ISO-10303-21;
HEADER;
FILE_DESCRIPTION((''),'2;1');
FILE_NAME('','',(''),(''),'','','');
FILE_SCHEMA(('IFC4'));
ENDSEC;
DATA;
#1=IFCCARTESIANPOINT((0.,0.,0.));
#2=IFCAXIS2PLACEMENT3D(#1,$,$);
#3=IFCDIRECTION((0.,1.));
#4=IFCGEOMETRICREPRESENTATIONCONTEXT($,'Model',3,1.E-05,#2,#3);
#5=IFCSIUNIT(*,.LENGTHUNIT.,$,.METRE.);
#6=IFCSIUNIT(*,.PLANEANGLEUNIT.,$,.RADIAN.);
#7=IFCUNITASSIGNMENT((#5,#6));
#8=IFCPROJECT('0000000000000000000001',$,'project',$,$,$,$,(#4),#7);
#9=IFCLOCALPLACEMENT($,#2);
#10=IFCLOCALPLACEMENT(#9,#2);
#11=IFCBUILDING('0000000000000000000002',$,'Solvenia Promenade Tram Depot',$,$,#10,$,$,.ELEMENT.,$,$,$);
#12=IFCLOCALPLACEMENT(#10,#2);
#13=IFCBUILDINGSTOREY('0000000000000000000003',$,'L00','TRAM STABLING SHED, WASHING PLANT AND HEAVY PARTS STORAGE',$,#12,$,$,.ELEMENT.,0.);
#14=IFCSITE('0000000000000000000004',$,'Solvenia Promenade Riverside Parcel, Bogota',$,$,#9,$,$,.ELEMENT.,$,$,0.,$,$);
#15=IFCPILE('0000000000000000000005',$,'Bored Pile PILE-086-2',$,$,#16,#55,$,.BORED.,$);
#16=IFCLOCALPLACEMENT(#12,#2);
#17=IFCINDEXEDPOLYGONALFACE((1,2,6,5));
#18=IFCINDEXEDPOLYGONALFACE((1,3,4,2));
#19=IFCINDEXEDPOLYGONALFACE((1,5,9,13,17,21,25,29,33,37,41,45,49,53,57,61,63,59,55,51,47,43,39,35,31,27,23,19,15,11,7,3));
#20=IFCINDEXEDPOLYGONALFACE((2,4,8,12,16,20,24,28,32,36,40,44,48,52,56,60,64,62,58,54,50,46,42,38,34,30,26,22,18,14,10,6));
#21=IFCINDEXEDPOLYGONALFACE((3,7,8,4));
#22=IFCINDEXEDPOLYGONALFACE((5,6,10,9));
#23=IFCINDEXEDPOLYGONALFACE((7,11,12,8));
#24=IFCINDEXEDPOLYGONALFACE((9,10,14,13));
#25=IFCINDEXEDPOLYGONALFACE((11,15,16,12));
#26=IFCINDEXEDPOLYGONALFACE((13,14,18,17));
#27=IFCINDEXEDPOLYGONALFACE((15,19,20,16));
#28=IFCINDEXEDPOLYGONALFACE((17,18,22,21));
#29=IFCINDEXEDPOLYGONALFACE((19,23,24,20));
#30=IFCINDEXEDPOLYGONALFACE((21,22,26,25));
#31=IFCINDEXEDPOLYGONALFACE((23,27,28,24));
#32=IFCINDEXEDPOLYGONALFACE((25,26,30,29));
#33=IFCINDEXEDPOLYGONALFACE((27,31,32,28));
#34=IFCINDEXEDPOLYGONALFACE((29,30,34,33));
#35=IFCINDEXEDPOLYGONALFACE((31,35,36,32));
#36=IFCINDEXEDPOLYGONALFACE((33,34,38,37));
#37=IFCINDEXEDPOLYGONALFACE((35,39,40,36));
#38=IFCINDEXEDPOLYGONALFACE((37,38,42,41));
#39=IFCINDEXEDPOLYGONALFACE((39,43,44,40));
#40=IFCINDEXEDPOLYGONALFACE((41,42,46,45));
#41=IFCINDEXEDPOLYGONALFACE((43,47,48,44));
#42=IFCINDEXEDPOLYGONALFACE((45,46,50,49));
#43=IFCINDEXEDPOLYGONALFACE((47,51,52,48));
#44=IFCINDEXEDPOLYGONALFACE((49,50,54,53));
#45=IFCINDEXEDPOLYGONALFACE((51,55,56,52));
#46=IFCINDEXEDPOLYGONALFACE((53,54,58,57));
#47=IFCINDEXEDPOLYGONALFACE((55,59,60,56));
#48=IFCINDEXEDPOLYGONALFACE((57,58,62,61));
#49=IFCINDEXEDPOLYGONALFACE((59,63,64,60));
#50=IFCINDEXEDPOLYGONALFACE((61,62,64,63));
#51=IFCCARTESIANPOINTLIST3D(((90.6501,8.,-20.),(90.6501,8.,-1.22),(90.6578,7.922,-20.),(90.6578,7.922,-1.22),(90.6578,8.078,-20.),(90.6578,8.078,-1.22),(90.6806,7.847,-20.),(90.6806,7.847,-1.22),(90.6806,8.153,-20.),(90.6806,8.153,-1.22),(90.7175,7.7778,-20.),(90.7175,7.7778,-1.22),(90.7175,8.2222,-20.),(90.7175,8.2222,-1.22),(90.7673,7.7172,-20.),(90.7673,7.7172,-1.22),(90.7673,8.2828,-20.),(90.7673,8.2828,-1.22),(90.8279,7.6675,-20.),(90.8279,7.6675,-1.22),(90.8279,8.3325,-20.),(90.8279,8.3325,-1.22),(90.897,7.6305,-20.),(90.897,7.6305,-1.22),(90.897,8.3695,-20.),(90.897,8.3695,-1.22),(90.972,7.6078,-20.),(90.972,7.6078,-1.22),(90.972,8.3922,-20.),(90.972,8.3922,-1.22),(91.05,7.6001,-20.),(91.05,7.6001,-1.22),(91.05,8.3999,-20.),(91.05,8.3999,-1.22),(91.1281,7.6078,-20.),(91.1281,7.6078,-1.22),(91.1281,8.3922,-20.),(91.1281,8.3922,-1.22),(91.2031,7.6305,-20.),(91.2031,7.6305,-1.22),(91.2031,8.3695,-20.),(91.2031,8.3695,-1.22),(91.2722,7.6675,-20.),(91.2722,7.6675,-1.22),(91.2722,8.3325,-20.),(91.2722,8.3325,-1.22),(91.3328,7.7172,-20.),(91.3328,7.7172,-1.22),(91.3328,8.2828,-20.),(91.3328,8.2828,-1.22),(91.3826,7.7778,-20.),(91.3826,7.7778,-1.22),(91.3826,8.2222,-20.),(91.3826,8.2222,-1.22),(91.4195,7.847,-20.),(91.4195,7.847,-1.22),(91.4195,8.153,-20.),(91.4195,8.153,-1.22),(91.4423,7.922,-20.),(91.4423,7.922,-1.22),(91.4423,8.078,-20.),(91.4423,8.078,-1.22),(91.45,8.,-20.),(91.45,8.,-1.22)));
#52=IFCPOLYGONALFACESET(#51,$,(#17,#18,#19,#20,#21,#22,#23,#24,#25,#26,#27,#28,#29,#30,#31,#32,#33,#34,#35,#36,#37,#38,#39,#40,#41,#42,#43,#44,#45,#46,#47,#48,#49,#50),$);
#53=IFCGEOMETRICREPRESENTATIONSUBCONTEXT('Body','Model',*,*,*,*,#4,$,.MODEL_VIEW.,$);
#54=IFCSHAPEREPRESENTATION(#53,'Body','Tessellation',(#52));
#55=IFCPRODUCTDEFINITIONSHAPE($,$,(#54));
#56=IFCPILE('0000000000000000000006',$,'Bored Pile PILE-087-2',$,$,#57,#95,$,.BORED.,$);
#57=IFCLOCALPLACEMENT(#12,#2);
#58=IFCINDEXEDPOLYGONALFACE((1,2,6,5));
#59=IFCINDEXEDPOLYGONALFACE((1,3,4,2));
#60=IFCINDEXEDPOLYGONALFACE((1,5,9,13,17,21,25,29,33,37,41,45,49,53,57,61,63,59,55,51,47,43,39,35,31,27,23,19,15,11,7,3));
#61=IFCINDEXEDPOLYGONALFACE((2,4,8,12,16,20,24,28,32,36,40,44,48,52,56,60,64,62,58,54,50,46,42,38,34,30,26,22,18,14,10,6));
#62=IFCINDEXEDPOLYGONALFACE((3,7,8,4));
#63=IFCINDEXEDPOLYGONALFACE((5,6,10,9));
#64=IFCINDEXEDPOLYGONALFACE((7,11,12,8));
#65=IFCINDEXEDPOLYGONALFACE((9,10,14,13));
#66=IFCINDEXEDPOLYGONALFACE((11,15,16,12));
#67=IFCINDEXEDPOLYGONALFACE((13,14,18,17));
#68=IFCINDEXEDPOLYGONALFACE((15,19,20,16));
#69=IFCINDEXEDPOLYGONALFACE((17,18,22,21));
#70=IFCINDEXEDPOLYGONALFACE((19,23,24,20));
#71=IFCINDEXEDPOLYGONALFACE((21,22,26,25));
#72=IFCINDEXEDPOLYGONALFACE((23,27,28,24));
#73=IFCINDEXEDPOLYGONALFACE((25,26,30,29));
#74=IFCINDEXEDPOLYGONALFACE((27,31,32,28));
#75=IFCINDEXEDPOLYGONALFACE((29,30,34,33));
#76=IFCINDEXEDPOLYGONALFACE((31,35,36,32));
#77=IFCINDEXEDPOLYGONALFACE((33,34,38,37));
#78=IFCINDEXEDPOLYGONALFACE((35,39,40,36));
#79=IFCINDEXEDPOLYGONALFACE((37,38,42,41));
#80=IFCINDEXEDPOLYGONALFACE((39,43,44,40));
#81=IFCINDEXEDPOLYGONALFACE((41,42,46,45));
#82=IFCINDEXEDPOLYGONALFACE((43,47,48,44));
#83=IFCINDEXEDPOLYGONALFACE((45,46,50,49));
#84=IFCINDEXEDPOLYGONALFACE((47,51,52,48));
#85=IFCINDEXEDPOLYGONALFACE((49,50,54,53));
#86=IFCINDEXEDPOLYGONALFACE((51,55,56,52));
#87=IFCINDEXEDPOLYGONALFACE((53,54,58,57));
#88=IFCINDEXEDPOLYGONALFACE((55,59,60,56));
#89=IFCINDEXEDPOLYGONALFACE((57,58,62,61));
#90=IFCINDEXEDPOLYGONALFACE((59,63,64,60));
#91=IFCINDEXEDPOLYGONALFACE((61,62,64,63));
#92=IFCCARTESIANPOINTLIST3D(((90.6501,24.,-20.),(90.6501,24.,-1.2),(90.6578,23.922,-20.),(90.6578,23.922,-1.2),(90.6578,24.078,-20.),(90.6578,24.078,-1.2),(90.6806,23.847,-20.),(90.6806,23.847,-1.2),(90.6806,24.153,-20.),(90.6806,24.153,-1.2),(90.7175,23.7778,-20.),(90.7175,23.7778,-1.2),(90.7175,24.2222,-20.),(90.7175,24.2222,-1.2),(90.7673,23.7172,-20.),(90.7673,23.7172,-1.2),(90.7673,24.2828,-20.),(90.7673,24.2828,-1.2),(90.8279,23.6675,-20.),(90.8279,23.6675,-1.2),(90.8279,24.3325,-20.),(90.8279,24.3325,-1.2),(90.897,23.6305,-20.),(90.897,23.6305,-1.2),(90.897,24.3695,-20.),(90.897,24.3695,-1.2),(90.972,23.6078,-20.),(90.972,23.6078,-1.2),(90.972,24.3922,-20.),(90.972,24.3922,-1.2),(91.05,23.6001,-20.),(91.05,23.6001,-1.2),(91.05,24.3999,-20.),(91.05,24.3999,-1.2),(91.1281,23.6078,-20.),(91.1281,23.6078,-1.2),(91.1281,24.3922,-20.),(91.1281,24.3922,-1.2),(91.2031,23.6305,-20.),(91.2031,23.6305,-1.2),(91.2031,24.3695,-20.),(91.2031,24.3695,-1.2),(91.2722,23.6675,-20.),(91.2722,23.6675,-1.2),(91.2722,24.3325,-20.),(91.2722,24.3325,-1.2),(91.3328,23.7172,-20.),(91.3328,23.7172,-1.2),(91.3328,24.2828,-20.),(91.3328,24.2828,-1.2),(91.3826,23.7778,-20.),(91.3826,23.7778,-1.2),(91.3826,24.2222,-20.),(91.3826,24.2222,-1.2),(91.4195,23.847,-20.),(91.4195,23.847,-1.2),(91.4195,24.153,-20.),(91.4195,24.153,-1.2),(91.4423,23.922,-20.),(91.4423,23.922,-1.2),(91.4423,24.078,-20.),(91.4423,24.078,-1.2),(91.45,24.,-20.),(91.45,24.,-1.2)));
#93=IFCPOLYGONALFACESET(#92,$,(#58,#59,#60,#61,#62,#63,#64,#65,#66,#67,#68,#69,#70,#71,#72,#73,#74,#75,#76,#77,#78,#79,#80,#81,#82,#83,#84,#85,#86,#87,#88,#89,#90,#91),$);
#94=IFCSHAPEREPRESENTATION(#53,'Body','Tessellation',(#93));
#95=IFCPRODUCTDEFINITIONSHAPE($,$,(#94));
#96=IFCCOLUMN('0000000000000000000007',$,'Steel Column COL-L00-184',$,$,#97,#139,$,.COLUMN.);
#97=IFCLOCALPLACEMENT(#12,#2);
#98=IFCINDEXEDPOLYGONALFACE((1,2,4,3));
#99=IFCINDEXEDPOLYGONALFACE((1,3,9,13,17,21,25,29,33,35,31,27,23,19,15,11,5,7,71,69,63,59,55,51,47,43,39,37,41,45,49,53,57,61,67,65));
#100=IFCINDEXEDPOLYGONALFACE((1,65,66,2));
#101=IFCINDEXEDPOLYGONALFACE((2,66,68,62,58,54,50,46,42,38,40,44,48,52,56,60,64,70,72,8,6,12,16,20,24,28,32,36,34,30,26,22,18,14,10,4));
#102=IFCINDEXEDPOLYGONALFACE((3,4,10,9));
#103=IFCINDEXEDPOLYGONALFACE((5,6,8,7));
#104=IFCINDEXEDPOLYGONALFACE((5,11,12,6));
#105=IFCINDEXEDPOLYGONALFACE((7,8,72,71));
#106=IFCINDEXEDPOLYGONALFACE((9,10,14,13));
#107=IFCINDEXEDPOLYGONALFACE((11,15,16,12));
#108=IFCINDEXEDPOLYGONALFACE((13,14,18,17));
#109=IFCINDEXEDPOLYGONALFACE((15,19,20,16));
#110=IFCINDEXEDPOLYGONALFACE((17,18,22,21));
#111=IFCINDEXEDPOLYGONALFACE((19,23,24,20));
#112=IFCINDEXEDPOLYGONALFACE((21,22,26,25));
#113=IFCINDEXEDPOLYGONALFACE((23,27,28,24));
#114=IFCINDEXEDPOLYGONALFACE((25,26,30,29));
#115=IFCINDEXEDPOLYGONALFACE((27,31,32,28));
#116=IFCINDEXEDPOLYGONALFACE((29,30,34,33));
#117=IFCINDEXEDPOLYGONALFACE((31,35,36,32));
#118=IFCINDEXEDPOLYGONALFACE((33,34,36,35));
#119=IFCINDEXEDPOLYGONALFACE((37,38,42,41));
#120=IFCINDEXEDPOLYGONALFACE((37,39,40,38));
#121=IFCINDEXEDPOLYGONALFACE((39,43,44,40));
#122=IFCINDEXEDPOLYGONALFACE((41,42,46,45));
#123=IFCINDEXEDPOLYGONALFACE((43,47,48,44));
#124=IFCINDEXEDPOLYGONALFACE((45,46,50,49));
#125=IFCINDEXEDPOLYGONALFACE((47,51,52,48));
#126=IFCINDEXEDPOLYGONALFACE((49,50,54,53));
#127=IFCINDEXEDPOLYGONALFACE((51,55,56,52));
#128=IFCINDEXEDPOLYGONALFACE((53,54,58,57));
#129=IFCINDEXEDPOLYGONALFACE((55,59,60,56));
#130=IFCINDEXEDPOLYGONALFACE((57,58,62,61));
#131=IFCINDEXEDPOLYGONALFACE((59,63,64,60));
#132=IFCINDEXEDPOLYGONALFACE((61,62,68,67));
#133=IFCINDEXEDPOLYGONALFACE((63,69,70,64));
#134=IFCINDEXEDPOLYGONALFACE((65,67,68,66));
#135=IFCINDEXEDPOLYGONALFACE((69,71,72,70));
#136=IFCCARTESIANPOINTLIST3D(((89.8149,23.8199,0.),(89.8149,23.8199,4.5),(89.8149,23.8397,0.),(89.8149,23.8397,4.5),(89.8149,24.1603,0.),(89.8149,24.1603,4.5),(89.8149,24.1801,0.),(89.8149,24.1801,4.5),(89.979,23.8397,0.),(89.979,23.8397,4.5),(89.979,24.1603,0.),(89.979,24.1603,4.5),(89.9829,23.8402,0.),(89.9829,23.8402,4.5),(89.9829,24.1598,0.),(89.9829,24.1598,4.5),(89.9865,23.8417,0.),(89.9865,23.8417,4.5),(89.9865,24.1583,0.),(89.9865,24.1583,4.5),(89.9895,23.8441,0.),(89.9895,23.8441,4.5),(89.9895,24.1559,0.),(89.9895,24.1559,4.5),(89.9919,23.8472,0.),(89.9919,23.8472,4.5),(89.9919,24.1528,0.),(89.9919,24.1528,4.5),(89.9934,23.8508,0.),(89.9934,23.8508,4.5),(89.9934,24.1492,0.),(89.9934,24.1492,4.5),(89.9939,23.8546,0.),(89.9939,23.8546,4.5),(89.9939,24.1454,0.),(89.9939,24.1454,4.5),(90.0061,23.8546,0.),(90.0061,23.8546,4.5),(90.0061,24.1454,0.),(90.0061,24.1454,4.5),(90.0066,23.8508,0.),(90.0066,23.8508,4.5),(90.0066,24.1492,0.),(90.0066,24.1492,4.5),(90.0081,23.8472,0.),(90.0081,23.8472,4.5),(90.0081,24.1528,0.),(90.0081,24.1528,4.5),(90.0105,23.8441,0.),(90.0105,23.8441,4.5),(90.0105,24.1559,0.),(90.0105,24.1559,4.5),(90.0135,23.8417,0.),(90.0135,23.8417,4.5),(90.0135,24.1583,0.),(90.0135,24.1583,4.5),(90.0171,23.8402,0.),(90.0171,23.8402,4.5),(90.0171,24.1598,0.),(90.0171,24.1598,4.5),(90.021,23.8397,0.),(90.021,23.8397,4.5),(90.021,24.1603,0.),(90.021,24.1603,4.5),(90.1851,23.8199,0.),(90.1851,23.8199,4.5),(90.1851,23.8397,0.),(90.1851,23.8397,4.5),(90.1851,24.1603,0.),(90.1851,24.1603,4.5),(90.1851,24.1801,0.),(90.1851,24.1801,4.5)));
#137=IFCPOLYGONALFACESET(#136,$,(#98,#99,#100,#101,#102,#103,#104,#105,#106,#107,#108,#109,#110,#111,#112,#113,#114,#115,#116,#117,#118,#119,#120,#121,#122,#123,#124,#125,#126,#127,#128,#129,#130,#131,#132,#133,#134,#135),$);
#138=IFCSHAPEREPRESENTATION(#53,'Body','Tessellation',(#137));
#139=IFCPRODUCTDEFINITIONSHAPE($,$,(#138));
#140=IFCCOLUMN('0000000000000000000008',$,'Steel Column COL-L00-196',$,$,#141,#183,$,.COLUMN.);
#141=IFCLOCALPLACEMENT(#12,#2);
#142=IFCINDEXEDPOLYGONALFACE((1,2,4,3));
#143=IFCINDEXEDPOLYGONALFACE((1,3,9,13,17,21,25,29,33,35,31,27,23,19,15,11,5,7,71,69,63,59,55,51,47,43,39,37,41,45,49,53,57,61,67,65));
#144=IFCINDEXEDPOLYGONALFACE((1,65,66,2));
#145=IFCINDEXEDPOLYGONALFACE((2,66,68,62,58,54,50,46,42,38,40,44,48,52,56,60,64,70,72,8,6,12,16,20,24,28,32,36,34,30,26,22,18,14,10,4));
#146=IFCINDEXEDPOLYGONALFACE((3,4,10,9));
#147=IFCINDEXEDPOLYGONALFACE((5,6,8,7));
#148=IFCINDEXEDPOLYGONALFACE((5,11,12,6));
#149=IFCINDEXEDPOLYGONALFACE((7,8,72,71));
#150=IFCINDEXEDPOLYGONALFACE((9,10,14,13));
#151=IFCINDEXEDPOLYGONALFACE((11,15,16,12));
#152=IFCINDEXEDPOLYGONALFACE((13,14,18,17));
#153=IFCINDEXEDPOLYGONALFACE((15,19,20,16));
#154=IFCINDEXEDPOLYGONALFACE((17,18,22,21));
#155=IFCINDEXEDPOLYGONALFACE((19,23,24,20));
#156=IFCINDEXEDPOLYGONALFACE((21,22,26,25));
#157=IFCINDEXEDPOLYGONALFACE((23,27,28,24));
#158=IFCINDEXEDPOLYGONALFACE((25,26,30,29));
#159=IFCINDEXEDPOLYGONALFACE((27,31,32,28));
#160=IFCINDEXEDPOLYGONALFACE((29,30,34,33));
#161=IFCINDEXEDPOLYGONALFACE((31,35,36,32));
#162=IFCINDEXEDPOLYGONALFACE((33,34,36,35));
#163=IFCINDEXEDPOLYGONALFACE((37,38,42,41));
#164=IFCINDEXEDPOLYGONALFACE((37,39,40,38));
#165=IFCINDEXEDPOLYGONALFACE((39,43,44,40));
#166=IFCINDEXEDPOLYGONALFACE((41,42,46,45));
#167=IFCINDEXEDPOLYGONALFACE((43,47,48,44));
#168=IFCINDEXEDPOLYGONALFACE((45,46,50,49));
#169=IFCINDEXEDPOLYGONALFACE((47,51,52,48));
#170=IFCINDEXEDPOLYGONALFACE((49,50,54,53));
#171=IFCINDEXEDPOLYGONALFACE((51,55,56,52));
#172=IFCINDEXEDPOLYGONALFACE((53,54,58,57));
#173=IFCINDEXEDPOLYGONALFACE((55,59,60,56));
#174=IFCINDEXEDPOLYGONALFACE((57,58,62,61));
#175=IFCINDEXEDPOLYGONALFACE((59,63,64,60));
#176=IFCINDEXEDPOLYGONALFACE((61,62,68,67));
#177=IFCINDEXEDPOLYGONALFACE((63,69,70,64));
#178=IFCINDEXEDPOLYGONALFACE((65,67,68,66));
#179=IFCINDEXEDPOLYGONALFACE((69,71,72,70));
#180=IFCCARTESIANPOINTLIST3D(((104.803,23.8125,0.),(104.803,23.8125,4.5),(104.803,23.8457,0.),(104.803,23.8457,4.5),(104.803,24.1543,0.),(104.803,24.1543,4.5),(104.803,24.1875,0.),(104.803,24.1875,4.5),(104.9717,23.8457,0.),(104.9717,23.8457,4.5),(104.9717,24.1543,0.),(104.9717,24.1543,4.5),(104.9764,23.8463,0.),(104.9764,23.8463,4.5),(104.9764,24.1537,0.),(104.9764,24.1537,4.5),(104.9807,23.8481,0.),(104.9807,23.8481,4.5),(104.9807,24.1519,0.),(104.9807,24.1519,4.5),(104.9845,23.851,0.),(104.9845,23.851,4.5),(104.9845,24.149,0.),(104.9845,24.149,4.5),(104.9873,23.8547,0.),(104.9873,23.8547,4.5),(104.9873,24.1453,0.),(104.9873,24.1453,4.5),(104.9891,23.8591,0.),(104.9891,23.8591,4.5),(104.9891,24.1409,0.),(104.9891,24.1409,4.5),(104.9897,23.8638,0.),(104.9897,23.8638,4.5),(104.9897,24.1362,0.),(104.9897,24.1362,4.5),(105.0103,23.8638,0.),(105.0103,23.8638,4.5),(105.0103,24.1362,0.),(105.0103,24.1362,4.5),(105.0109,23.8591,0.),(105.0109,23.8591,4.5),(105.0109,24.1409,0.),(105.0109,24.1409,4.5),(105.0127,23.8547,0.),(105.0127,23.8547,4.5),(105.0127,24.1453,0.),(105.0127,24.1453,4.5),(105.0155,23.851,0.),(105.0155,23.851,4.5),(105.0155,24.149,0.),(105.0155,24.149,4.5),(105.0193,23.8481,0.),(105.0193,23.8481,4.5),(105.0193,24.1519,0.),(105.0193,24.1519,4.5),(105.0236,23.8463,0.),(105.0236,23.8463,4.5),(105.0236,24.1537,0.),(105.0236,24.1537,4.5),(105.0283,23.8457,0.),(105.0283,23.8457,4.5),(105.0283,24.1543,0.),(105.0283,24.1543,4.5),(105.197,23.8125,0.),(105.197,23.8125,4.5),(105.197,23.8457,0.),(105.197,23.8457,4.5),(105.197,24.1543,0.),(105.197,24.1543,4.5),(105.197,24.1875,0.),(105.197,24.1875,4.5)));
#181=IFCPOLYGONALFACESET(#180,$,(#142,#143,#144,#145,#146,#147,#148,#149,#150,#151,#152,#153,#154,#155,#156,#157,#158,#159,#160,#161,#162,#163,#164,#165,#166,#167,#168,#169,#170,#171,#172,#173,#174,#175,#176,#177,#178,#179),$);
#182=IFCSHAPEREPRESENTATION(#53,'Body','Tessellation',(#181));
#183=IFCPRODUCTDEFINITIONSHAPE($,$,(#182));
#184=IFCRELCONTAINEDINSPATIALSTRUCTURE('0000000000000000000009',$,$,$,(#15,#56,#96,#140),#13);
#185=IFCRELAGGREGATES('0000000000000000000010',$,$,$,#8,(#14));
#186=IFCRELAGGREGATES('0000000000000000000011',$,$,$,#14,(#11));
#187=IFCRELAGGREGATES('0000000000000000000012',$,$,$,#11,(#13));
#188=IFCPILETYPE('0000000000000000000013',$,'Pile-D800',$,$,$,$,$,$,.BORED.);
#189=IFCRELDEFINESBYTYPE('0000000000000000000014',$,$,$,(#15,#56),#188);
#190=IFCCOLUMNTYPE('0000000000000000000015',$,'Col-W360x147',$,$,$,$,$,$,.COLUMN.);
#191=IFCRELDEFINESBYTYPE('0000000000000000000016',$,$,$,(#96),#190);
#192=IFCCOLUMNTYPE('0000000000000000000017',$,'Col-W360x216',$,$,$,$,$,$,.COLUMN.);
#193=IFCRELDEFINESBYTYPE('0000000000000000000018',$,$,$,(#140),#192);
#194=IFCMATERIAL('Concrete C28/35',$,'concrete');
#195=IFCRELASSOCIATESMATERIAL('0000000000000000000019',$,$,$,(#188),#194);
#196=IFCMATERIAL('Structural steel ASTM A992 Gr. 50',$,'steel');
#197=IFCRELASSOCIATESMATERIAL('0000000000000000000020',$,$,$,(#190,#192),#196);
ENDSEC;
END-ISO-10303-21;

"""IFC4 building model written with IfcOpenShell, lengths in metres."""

from ifc_helpers import new_model, si_unit, direction, frame, origin, origin_2d, place, context, subcontext, project, spatial, circle, i_section, extrude, material, material_profile, profile_set, type_object, element, save


model = new_model("IFC4")

# Units and contexts
model_context = context("Model", 3, precision=1e-05, world=origin(), true_north=direction((0.0, 1.0)))
body_context = subcontext(model_context, "Body", "Model", "MODEL_VIEW")
ifc_project = project(units=[si_unit("LENGTHUNIT", "METRE"), si_unit("PLANEANGLEUNIT", "RADIAN")], contexts=[model_context])

# Site, building, storey
site_placement = place(None, origin())
site = spatial("IfcSite", under=ifc_project, at=site_placement, Name="Solvenia Promenade Riverside Parcel, Bogota", CompositionType="ELEMENT", RefElevation=0.0)
building_placement = place(site_placement, origin())
building = spatial("IfcBuilding", under=site, at=building_placement, Name="Solvenia Promenade Tram Depot", CompositionType="ELEMENT")
storey_placement = place(building_placement, origin())
storey = spatial("IfcBuildingStorey", under=building, at=storey_placement, Name="L00", Description="TRAM STABLING SHED, WASHING PLANT AND HEAVY PARTS STORAGE", CompositionType="ELEMENT", Elevation=0.0)

# Shared definitions
ifc_material_1 = material(Name="Concrete C28/35", Category="concrete")

# Piles
ifc_material_profile_1 = material_profile(ifc_material_1, circle(Radius=0.3999, at=origin_2d()), Name="D800", Category="concrete")
ifc_profile_set_1 = profile_set([ifc_material_profile_1], Name="Concrete C28/35")
pile_type_1 = type_object("IfcPileType", Name="Pile-D800", PredefinedType="BORED", material=ifc_profile_set_1)
pile_1_placement = place(storey_placement, frame((91.05, 8.0, -1.22), z_axis=(0.0, 0.0, -1.0), x_axis=(1.0, 0.0, 0.0)))
element("IfcPile", 1, at=pile_1_placement, inside=storey, type_object=pile_type_1, Name="Bored Pile PILE-086-2", PredefinedType="BORED", context=body_context, shape_type="SweptSolid", body=[
    extrude(circle(Radius=0.3999, at=origin_2d()), origin(), (0.0, 0.0, 1.0), 18.78),
])
pile_2_placement = place(storey_placement, frame((91.05, 24.0, -1.2), z_axis=(0.0, 0.0, -1.0), x_axis=(1.0, 0.0, 0.0)))
element("IfcPile", 2, at=pile_2_placement, inside=storey, type_object=pile_type_1, Name="Bored Pile PILE-087-2", PredefinedType="BORED", context=body_context, shape_type="SweptSolid", body=[
    extrude(circle(Radius=0.3999, at=origin_2d()), origin(), (0.0, 0.0, 1.0), 18.8),
])

# Columns
ifc_material_2 = material(Name="Structural steel ASTM A992 Gr. 50", Category="steel")
ifc_material_profile_2 = material_profile(ifc_material_2, i_section(OverallWidth=0.3701, OverallDepth=0.3601, WebThickness=0.0122, FlangeThickness=0.0198, FilletRadius=0.0149, at=origin_2d()), Name="W360x147", Category="steel")
ifc_profile_set_2 = profile_set([ifc_material_profile_2], Name="Structural steel ASTM A992 Gr. 50")
column_type_1 = type_object("IfcColumnType", Name="Col-W360x147", PredefinedType="COLUMN", material=ifc_profile_set_2)
column_1_placement = place(storey_placement, frame((90.0, 24.0, 0.0), z_axis=(0.0, 0.0, 1.0), x_axis=(1.0, 0.0, 0.0)))
element("IfcColumn", 3, at=column_1_placement, inside=storey, type_object=column_type_1, Name="Steel Column COL-L00-184", PredefinedType="COLUMN", context=body_context, shape_type="SweptSolid", body=[
    extrude(i_section(OverallWidth=0.3701, OverallDepth=0.3601, WebThickness=0.0122, FlangeThickness=0.0198, FilletRadius=0.0149, at=origin_2d()), origin(), (0.0, 0.0, 1.0), 4.5),
])
ifc_material_profile_3 = material_profile(ifc_material_2, i_section(OverallWidth=0.394, OverallDepth=0.375, WebThickness=0.0205, FlangeThickness=0.0332, FilletRadius=0.0181, at=origin_2d()), Name="W360x216", Category="steel")
ifc_profile_set_3 = profile_set([ifc_material_profile_3], Name="Structural steel ASTM A992 Gr. 50")
column_type_2 = type_object("IfcColumnType", Name="Col-W360x216", PredefinedType="COLUMN", material=ifc_profile_set_3)
column_2_placement = place(storey_placement, frame((105.0, 24.0, 0.0), z_axis=(0.0, 0.0, 1.0), x_axis=(1.0, 0.0, 0.0)))
element("IfcColumn", 4, at=column_2_placement, inside=storey, type_object=column_type_2, Name="Steel Column COL-L00-196", PredefinedType="COLUMN", context=body_context, shape_type="SweptSolid", body=[
    extrude(i_section(OverallWidth=0.394, OverallDepth=0.375, WebThickness=0.0205, FlangeThickness=0.0332, FilletRadius=0.0181, at=origin_2d()), origin(), (0.0, 0.0, 1.0), 4.5),
])

save(model, "model.ifc")
